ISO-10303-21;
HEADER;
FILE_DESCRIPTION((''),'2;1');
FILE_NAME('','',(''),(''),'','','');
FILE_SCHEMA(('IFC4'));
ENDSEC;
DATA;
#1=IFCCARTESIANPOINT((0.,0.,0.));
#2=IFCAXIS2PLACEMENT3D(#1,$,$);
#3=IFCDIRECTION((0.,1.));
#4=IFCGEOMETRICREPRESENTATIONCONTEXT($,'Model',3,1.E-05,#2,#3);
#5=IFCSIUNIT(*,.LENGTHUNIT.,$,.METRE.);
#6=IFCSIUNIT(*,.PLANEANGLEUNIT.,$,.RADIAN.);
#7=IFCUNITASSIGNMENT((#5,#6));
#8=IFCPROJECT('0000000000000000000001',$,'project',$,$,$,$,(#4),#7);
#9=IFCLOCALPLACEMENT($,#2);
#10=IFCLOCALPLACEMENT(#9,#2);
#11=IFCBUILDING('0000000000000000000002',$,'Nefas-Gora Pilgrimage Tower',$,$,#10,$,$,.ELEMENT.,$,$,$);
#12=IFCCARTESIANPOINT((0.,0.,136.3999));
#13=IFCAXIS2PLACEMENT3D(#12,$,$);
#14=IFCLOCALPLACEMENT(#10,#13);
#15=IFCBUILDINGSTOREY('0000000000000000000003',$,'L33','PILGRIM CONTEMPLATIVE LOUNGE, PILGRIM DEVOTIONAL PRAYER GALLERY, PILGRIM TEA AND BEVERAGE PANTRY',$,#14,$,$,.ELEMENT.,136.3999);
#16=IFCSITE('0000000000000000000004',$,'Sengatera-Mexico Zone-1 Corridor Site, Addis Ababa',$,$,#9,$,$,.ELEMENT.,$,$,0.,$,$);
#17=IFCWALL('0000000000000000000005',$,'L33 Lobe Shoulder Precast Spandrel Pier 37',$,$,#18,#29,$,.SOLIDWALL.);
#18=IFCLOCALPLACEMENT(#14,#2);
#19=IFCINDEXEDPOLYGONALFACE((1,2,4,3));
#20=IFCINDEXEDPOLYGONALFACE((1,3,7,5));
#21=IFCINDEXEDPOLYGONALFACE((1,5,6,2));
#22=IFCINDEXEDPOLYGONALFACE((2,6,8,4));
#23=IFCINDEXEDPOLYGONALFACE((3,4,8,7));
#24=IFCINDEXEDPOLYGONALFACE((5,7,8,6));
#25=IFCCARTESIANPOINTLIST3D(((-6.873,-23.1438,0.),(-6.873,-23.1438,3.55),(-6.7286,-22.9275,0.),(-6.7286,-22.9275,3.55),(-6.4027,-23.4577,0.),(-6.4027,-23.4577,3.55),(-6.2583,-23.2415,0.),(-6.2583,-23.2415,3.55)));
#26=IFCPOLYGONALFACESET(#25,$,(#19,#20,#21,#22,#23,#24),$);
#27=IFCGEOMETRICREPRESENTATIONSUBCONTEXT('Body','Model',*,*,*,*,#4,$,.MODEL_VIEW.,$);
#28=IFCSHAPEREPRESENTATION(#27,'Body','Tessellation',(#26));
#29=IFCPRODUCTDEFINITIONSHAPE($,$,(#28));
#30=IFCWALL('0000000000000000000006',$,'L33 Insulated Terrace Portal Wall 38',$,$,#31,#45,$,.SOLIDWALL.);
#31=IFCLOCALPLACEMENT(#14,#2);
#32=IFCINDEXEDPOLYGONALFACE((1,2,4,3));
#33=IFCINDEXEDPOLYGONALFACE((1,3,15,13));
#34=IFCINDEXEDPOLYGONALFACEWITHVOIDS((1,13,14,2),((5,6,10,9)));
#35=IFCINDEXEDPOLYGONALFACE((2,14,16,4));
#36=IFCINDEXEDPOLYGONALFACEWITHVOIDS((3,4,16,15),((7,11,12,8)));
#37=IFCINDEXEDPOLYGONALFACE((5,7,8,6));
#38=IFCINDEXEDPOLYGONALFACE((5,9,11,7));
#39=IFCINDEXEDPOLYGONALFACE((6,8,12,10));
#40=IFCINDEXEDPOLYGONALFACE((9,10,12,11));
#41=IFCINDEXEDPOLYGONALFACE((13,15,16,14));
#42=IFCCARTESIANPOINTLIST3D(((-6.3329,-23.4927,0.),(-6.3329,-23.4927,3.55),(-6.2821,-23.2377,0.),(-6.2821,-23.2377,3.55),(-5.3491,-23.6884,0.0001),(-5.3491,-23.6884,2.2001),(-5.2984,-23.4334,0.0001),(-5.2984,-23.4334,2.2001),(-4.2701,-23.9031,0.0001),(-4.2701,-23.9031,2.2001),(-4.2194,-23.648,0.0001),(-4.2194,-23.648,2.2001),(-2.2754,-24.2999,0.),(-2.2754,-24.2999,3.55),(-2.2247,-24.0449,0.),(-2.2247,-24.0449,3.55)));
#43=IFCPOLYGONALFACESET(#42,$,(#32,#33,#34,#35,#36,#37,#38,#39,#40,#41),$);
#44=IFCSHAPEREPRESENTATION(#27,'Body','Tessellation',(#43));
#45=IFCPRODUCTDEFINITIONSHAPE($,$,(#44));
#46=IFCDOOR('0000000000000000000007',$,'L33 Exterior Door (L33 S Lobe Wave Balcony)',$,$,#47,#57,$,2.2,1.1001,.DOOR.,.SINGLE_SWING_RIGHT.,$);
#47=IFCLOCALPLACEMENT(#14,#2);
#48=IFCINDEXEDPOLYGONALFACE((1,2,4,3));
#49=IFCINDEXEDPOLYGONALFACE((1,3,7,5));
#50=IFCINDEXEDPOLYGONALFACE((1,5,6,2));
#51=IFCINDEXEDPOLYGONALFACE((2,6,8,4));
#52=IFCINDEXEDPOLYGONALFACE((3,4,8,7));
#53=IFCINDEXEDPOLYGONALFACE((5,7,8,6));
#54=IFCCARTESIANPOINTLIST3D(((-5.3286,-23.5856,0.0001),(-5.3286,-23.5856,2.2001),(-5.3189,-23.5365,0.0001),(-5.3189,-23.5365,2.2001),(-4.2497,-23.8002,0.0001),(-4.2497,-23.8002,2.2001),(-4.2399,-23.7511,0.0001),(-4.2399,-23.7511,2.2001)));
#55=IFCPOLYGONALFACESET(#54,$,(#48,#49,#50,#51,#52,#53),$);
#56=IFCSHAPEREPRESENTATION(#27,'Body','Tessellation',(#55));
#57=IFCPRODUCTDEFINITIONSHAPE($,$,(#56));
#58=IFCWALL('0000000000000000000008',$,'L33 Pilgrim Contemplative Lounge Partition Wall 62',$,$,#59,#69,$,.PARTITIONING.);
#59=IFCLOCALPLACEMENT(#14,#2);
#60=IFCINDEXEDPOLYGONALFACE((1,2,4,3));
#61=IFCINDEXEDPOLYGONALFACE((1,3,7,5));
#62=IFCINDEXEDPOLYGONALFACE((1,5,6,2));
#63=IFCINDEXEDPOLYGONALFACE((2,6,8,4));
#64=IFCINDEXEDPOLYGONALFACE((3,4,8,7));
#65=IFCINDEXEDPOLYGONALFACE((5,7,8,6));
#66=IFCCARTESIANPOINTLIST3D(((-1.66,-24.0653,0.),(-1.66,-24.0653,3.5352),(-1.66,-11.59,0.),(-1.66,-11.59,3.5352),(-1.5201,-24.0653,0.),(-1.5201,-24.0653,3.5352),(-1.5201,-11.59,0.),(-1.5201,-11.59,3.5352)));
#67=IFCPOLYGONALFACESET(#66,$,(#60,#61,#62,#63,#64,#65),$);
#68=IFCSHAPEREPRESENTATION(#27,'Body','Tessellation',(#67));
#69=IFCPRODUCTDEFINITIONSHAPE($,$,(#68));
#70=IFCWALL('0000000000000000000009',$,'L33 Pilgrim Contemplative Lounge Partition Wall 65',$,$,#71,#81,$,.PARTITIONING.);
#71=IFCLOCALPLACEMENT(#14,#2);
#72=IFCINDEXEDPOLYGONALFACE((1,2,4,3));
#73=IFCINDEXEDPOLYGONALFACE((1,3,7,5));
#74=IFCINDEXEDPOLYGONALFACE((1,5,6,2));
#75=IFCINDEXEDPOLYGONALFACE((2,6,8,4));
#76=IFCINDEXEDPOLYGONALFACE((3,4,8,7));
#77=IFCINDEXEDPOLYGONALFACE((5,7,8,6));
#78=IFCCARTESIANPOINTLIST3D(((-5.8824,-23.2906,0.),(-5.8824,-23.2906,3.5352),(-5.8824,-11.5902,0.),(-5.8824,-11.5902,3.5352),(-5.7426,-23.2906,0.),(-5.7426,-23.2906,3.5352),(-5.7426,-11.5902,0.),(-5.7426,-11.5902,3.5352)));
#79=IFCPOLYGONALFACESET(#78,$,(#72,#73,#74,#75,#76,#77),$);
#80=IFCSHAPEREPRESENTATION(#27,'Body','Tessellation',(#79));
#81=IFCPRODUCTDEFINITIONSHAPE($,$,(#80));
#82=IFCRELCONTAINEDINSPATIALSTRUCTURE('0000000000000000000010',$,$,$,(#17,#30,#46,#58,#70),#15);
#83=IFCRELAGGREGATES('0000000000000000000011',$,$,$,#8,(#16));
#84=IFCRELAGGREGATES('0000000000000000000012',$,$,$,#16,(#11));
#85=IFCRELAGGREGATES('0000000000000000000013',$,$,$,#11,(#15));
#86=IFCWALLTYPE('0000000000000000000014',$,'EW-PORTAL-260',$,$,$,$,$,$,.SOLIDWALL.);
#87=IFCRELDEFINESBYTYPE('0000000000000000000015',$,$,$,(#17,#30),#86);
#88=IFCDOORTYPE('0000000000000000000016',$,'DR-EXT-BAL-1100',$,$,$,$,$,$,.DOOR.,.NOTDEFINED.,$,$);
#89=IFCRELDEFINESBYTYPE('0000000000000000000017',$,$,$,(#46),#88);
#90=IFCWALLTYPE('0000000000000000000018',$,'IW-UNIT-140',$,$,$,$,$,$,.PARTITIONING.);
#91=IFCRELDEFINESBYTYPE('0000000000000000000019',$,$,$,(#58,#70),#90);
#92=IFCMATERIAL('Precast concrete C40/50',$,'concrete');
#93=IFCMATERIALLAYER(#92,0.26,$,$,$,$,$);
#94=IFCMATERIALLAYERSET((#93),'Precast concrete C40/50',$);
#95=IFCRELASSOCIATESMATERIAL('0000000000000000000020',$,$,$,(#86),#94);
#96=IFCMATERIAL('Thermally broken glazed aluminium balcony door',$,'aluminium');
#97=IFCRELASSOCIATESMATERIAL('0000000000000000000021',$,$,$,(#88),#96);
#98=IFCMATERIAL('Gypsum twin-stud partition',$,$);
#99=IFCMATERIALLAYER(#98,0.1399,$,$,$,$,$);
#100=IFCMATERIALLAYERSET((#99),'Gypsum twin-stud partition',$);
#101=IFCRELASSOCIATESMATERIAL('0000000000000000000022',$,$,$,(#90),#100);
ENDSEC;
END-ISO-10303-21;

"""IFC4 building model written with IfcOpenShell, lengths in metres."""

from ifc_helpers import new_model, si_unit, direction, frame, frame_2d, origin, place, context, subcontext, project, spatial, rectangle, extrude, source, transform, mapped, material, layer, layer_set, type_object, element, fill, save


model = new_model("IFC4")

# Units and contexts
model_context = context("Model", 3, precision=1e-05, world=origin(), true_north=direction((0.0, 1.0)))
body_context = subcontext(model_context, "Body", "Model", "MODEL_VIEW")
ifc_project = project(units=[si_unit("LENGTHUNIT", "METRE"), si_unit("PLANEANGLEUNIT", "RADIAN")], contexts=[model_context])

# Site, building, storey
site_placement = place(None, origin())
site = spatial("IfcSite", under=ifc_project, at=site_placement, Name="Sengatera-Mexico Zone-1 Corridor Site, Addis Ababa", CompositionType="ELEMENT", RefElevation=0.0)
building_placement = place(site_placement, origin())
building = spatial("IfcBuilding", under=site, at=building_placement, Name="Nefas-Gora Pilgrimage Tower", CompositionType="ELEMENT")
storey_placement = place(building_placement, frame((0.0, 0.0, 136.3999)))
storey = spatial("IfcBuildingStorey", under=building, at=storey_placement, Name="L33", Description="PILGRIM CONTEMPLATIVE LOUNGE, PILGRIM DEVOTIONAL PRAYER GALLERY, PILGRIM TEA AND BEVERAGE PANTRY", CompositionType="ELEMENT", Elevation=136.3999)

# Wall
ifc_material_1 = material(Name="Precast concrete C40/50", Category="concrete")
ifc_layer_1 = layer(ifc_material_1, 0.26)
ifc_layer_set_1 = layer_set([ifc_layer_1], Name="Precast concrete C40/50")
wall_type_1 = type_object("IfcWallType", Name="EW-PORTAL-260", PredefinedType="SOLIDWALL", material=ifc_layer_set_1)
shared_shape_1 = source(origin(), body_context, "Body", "SweptSolid", [
    extrude(rectangle(XDim=0.5654, YDim=0.26, at=frame_2d((0.2827, 0.0))), origin(), (0.0, 0.0, 1.0), 3.55),
])
wall_1_placement = place(storey_placement, frame((-6.8008, -23.0356, 0.0), z_axis=(0.0, 0.0, 1.0), x_axis=(0.831651, -0.555298, 0.0)))
element("IfcWall", 1, at=wall_1_placement, inside=storey, type_object=wall_type_1, Name="L33 Lobe Shoulder Precast Spandrel Pier 37", PredefinedType="SOLIDWALL", context=body_context, shape_type="MappedRepresentation", body=[
    mapped(shared_shape_1, transform((0.0, 0.0, 0.0), x_axis=(1.0, 0.0, 0.0), y_axis=(0.0, 1.0, 0.0), z_axis=(0.0, 0.0, 1.0), scale=1.0)),
])

# Wall, opening, door
shared_shape_2 = source(origin(), body_context, "Body", "SweptSolid", [
    extrude(rectangle(XDim=4.137, YDim=0.26, at=frame_2d((2.0684, 0.0))), origin(), (0.0, 0.0, 1.0), 3.55),
])
wall_2_placement = place(storey_placement, frame((-6.3074, -23.3652, 0.0), z_axis=(0.0, 0.0, 1.0), x_axis=(0.980782, -0.195106, 0.0)))
wall_2 = element("IfcWall", 2, at=wall_2_placement, inside=storey, type_object=wall_type_1, Name="L33 Insulated Terrace Portal Wall 38", PredefinedType="SOLIDWALL", context=body_context, shape_type="MappedRepresentation", body=[
    mapped(shared_shape_2, transform((0.0, 0.0, 0.0), x_axis=(1.0, 0.0, 0.0), y_axis=(0.0, 1.0, 0.0), z_axis=(0.0, 0.0, 1.0), scale=1.0)),
])
opening_placement = place(wall_2_placement, frame((1.0029, 0.0, 0.0)))
opening = element("IfcOpeningElement", 3, at=opening_placement, cuts=wall_2, PredefinedType="OPENING", context=body_context, shape_type="SweptSolid", body=[
    extrude(rectangle(XDim=1.1001, YDim=2.2, at=frame_2d((0.55, 1.1001))), frame((0.0, 0.1399, 0.0), z_axis=(0.0, -1.0, 0.0), x_axis=(1.0, 0.0, 0.0)), (0.0, 0.0, 1.0), 0.28),
])
ifc_material_2 = material(Name="Thermally broken glazed aluminium balcony door", Category="aluminium")
door_type = type_object("IfcDoorType", Name="DR-EXT-BAL-1100", OperationType="NOTDEFINED", PredefinedType="DOOR", material=ifc_material_2)
shared_shape_3 = source(origin(), body_context, "Body", "SweptSolid", [
    extrude(rectangle(XDim=1.1001, YDim=2.2, at=frame_2d((0.55, 1.1001))), frame((0.0, 0.0249, 0.0), z_axis=(0.0, -1.0, 0.0), x_axis=(1.0, 0.0, 0.0)), (0.0, 0.0, 1.0), 0.05),
])
door_placement = place(opening_placement, origin())
door = element("IfcDoor", 4, at=door_placement, inside=storey, type_object=door_type, Name="L33 Exterior Door (L33 S Lobe Wave Balcony)", OperationType="SINGLE_SWING_RIGHT", OverallHeight=2.2, OverallWidth=1.1001, PredefinedType="DOOR", context=body_context, shape_type="MappedRepresentation", body=[
    mapped(shared_shape_3, transform((0.0, 0.0, 0.0), x_axis=(1.0, 0.0, 0.0), y_axis=(0.0, 1.0, 0.0), z_axis=(0.0, 0.0, 1.0), scale=1.0)),
])
fill(opening, door)

# Walls
ifc_material_3 = material(Name="Gypsum twin-stud partition")
ifc_layer_2 = layer(ifc_material_3, 0.1399)
ifc_layer_set_2 = layer_set([ifc_layer_2], Name="Gypsum twin-stud partition")
wall_type_2 = type_object("IfcWallType", Name="IW-UNIT-140", PredefinedType="PARTITIONING", material=ifc_layer_set_2)
shared_shape_4 = source(origin(), body_context, "Body", "SweptSolid", [
    extrude(rectangle(XDim=12.4753, YDim=0.1399, at=frame_2d((6.2378, 0.0))), origin(), (0.0, 0.0, 1.0), 3.5352),
])
wall_3_placement = place(storey_placement, frame((-1.5901, -24.0654, 0.0), z_axis=(0.0, 0.0, 1.0), x_axis=(0.0, 1.0, 0.0)))
element("IfcWall", 5, at=wall_3_placement, inside=storey, type_object=wall_type_2, Name="L33 Pilgrim Contemplative Lounge Partition Wall 62", PredefinedType="PARTITIONING", context=body_context, shape_type="MappedRepresentation", body=[
    mapped(shared_shape_4, transform((0.0, 0.0, 0.0), x_axis=(1.0, 0.0, 0.0), y_axis=(0.0, 1.0, 0.0), z_axis=(0.0, 0.0, 1.0), scale=1.0)),
])
shared_shape_5 = source(origin(), body_context, "Body", "SweptSolid", [
    extrude(rectangle(XDim=11.7004, YDim=0.1399, at=frame_2d((5.8501, 0.0))), origin(), (0.0, 0.0, 1.0), 3.5352),
])
wall_4_placement = place(storey_placement, frame((-5.8125, -23.2905, 0.0), z_axis=(0.0, 0.0, 1.0), x_axis=(0.0, 1.0, 0.0)))
element("IfcWall", 6, at=wall_4_placement, inside=storey, type_object=wall_type_2, Name="L33 Pilgrim Contemplative Lounge Partition Wall 65", PredefinedType="PARTITIONING", context=body_context, shape_type="MappedRepresentation", body=[
    mapped(shared_shape_5, transform((0.0, 0.0, 0.0), x_axis=(1.0, 0.0, 0.0), y_axis=(0.0, 1.0, 0.0), z_axis=(0.0, 0.0, 1.0), scale=1.0)),
])

save(model, "model.ifc")
